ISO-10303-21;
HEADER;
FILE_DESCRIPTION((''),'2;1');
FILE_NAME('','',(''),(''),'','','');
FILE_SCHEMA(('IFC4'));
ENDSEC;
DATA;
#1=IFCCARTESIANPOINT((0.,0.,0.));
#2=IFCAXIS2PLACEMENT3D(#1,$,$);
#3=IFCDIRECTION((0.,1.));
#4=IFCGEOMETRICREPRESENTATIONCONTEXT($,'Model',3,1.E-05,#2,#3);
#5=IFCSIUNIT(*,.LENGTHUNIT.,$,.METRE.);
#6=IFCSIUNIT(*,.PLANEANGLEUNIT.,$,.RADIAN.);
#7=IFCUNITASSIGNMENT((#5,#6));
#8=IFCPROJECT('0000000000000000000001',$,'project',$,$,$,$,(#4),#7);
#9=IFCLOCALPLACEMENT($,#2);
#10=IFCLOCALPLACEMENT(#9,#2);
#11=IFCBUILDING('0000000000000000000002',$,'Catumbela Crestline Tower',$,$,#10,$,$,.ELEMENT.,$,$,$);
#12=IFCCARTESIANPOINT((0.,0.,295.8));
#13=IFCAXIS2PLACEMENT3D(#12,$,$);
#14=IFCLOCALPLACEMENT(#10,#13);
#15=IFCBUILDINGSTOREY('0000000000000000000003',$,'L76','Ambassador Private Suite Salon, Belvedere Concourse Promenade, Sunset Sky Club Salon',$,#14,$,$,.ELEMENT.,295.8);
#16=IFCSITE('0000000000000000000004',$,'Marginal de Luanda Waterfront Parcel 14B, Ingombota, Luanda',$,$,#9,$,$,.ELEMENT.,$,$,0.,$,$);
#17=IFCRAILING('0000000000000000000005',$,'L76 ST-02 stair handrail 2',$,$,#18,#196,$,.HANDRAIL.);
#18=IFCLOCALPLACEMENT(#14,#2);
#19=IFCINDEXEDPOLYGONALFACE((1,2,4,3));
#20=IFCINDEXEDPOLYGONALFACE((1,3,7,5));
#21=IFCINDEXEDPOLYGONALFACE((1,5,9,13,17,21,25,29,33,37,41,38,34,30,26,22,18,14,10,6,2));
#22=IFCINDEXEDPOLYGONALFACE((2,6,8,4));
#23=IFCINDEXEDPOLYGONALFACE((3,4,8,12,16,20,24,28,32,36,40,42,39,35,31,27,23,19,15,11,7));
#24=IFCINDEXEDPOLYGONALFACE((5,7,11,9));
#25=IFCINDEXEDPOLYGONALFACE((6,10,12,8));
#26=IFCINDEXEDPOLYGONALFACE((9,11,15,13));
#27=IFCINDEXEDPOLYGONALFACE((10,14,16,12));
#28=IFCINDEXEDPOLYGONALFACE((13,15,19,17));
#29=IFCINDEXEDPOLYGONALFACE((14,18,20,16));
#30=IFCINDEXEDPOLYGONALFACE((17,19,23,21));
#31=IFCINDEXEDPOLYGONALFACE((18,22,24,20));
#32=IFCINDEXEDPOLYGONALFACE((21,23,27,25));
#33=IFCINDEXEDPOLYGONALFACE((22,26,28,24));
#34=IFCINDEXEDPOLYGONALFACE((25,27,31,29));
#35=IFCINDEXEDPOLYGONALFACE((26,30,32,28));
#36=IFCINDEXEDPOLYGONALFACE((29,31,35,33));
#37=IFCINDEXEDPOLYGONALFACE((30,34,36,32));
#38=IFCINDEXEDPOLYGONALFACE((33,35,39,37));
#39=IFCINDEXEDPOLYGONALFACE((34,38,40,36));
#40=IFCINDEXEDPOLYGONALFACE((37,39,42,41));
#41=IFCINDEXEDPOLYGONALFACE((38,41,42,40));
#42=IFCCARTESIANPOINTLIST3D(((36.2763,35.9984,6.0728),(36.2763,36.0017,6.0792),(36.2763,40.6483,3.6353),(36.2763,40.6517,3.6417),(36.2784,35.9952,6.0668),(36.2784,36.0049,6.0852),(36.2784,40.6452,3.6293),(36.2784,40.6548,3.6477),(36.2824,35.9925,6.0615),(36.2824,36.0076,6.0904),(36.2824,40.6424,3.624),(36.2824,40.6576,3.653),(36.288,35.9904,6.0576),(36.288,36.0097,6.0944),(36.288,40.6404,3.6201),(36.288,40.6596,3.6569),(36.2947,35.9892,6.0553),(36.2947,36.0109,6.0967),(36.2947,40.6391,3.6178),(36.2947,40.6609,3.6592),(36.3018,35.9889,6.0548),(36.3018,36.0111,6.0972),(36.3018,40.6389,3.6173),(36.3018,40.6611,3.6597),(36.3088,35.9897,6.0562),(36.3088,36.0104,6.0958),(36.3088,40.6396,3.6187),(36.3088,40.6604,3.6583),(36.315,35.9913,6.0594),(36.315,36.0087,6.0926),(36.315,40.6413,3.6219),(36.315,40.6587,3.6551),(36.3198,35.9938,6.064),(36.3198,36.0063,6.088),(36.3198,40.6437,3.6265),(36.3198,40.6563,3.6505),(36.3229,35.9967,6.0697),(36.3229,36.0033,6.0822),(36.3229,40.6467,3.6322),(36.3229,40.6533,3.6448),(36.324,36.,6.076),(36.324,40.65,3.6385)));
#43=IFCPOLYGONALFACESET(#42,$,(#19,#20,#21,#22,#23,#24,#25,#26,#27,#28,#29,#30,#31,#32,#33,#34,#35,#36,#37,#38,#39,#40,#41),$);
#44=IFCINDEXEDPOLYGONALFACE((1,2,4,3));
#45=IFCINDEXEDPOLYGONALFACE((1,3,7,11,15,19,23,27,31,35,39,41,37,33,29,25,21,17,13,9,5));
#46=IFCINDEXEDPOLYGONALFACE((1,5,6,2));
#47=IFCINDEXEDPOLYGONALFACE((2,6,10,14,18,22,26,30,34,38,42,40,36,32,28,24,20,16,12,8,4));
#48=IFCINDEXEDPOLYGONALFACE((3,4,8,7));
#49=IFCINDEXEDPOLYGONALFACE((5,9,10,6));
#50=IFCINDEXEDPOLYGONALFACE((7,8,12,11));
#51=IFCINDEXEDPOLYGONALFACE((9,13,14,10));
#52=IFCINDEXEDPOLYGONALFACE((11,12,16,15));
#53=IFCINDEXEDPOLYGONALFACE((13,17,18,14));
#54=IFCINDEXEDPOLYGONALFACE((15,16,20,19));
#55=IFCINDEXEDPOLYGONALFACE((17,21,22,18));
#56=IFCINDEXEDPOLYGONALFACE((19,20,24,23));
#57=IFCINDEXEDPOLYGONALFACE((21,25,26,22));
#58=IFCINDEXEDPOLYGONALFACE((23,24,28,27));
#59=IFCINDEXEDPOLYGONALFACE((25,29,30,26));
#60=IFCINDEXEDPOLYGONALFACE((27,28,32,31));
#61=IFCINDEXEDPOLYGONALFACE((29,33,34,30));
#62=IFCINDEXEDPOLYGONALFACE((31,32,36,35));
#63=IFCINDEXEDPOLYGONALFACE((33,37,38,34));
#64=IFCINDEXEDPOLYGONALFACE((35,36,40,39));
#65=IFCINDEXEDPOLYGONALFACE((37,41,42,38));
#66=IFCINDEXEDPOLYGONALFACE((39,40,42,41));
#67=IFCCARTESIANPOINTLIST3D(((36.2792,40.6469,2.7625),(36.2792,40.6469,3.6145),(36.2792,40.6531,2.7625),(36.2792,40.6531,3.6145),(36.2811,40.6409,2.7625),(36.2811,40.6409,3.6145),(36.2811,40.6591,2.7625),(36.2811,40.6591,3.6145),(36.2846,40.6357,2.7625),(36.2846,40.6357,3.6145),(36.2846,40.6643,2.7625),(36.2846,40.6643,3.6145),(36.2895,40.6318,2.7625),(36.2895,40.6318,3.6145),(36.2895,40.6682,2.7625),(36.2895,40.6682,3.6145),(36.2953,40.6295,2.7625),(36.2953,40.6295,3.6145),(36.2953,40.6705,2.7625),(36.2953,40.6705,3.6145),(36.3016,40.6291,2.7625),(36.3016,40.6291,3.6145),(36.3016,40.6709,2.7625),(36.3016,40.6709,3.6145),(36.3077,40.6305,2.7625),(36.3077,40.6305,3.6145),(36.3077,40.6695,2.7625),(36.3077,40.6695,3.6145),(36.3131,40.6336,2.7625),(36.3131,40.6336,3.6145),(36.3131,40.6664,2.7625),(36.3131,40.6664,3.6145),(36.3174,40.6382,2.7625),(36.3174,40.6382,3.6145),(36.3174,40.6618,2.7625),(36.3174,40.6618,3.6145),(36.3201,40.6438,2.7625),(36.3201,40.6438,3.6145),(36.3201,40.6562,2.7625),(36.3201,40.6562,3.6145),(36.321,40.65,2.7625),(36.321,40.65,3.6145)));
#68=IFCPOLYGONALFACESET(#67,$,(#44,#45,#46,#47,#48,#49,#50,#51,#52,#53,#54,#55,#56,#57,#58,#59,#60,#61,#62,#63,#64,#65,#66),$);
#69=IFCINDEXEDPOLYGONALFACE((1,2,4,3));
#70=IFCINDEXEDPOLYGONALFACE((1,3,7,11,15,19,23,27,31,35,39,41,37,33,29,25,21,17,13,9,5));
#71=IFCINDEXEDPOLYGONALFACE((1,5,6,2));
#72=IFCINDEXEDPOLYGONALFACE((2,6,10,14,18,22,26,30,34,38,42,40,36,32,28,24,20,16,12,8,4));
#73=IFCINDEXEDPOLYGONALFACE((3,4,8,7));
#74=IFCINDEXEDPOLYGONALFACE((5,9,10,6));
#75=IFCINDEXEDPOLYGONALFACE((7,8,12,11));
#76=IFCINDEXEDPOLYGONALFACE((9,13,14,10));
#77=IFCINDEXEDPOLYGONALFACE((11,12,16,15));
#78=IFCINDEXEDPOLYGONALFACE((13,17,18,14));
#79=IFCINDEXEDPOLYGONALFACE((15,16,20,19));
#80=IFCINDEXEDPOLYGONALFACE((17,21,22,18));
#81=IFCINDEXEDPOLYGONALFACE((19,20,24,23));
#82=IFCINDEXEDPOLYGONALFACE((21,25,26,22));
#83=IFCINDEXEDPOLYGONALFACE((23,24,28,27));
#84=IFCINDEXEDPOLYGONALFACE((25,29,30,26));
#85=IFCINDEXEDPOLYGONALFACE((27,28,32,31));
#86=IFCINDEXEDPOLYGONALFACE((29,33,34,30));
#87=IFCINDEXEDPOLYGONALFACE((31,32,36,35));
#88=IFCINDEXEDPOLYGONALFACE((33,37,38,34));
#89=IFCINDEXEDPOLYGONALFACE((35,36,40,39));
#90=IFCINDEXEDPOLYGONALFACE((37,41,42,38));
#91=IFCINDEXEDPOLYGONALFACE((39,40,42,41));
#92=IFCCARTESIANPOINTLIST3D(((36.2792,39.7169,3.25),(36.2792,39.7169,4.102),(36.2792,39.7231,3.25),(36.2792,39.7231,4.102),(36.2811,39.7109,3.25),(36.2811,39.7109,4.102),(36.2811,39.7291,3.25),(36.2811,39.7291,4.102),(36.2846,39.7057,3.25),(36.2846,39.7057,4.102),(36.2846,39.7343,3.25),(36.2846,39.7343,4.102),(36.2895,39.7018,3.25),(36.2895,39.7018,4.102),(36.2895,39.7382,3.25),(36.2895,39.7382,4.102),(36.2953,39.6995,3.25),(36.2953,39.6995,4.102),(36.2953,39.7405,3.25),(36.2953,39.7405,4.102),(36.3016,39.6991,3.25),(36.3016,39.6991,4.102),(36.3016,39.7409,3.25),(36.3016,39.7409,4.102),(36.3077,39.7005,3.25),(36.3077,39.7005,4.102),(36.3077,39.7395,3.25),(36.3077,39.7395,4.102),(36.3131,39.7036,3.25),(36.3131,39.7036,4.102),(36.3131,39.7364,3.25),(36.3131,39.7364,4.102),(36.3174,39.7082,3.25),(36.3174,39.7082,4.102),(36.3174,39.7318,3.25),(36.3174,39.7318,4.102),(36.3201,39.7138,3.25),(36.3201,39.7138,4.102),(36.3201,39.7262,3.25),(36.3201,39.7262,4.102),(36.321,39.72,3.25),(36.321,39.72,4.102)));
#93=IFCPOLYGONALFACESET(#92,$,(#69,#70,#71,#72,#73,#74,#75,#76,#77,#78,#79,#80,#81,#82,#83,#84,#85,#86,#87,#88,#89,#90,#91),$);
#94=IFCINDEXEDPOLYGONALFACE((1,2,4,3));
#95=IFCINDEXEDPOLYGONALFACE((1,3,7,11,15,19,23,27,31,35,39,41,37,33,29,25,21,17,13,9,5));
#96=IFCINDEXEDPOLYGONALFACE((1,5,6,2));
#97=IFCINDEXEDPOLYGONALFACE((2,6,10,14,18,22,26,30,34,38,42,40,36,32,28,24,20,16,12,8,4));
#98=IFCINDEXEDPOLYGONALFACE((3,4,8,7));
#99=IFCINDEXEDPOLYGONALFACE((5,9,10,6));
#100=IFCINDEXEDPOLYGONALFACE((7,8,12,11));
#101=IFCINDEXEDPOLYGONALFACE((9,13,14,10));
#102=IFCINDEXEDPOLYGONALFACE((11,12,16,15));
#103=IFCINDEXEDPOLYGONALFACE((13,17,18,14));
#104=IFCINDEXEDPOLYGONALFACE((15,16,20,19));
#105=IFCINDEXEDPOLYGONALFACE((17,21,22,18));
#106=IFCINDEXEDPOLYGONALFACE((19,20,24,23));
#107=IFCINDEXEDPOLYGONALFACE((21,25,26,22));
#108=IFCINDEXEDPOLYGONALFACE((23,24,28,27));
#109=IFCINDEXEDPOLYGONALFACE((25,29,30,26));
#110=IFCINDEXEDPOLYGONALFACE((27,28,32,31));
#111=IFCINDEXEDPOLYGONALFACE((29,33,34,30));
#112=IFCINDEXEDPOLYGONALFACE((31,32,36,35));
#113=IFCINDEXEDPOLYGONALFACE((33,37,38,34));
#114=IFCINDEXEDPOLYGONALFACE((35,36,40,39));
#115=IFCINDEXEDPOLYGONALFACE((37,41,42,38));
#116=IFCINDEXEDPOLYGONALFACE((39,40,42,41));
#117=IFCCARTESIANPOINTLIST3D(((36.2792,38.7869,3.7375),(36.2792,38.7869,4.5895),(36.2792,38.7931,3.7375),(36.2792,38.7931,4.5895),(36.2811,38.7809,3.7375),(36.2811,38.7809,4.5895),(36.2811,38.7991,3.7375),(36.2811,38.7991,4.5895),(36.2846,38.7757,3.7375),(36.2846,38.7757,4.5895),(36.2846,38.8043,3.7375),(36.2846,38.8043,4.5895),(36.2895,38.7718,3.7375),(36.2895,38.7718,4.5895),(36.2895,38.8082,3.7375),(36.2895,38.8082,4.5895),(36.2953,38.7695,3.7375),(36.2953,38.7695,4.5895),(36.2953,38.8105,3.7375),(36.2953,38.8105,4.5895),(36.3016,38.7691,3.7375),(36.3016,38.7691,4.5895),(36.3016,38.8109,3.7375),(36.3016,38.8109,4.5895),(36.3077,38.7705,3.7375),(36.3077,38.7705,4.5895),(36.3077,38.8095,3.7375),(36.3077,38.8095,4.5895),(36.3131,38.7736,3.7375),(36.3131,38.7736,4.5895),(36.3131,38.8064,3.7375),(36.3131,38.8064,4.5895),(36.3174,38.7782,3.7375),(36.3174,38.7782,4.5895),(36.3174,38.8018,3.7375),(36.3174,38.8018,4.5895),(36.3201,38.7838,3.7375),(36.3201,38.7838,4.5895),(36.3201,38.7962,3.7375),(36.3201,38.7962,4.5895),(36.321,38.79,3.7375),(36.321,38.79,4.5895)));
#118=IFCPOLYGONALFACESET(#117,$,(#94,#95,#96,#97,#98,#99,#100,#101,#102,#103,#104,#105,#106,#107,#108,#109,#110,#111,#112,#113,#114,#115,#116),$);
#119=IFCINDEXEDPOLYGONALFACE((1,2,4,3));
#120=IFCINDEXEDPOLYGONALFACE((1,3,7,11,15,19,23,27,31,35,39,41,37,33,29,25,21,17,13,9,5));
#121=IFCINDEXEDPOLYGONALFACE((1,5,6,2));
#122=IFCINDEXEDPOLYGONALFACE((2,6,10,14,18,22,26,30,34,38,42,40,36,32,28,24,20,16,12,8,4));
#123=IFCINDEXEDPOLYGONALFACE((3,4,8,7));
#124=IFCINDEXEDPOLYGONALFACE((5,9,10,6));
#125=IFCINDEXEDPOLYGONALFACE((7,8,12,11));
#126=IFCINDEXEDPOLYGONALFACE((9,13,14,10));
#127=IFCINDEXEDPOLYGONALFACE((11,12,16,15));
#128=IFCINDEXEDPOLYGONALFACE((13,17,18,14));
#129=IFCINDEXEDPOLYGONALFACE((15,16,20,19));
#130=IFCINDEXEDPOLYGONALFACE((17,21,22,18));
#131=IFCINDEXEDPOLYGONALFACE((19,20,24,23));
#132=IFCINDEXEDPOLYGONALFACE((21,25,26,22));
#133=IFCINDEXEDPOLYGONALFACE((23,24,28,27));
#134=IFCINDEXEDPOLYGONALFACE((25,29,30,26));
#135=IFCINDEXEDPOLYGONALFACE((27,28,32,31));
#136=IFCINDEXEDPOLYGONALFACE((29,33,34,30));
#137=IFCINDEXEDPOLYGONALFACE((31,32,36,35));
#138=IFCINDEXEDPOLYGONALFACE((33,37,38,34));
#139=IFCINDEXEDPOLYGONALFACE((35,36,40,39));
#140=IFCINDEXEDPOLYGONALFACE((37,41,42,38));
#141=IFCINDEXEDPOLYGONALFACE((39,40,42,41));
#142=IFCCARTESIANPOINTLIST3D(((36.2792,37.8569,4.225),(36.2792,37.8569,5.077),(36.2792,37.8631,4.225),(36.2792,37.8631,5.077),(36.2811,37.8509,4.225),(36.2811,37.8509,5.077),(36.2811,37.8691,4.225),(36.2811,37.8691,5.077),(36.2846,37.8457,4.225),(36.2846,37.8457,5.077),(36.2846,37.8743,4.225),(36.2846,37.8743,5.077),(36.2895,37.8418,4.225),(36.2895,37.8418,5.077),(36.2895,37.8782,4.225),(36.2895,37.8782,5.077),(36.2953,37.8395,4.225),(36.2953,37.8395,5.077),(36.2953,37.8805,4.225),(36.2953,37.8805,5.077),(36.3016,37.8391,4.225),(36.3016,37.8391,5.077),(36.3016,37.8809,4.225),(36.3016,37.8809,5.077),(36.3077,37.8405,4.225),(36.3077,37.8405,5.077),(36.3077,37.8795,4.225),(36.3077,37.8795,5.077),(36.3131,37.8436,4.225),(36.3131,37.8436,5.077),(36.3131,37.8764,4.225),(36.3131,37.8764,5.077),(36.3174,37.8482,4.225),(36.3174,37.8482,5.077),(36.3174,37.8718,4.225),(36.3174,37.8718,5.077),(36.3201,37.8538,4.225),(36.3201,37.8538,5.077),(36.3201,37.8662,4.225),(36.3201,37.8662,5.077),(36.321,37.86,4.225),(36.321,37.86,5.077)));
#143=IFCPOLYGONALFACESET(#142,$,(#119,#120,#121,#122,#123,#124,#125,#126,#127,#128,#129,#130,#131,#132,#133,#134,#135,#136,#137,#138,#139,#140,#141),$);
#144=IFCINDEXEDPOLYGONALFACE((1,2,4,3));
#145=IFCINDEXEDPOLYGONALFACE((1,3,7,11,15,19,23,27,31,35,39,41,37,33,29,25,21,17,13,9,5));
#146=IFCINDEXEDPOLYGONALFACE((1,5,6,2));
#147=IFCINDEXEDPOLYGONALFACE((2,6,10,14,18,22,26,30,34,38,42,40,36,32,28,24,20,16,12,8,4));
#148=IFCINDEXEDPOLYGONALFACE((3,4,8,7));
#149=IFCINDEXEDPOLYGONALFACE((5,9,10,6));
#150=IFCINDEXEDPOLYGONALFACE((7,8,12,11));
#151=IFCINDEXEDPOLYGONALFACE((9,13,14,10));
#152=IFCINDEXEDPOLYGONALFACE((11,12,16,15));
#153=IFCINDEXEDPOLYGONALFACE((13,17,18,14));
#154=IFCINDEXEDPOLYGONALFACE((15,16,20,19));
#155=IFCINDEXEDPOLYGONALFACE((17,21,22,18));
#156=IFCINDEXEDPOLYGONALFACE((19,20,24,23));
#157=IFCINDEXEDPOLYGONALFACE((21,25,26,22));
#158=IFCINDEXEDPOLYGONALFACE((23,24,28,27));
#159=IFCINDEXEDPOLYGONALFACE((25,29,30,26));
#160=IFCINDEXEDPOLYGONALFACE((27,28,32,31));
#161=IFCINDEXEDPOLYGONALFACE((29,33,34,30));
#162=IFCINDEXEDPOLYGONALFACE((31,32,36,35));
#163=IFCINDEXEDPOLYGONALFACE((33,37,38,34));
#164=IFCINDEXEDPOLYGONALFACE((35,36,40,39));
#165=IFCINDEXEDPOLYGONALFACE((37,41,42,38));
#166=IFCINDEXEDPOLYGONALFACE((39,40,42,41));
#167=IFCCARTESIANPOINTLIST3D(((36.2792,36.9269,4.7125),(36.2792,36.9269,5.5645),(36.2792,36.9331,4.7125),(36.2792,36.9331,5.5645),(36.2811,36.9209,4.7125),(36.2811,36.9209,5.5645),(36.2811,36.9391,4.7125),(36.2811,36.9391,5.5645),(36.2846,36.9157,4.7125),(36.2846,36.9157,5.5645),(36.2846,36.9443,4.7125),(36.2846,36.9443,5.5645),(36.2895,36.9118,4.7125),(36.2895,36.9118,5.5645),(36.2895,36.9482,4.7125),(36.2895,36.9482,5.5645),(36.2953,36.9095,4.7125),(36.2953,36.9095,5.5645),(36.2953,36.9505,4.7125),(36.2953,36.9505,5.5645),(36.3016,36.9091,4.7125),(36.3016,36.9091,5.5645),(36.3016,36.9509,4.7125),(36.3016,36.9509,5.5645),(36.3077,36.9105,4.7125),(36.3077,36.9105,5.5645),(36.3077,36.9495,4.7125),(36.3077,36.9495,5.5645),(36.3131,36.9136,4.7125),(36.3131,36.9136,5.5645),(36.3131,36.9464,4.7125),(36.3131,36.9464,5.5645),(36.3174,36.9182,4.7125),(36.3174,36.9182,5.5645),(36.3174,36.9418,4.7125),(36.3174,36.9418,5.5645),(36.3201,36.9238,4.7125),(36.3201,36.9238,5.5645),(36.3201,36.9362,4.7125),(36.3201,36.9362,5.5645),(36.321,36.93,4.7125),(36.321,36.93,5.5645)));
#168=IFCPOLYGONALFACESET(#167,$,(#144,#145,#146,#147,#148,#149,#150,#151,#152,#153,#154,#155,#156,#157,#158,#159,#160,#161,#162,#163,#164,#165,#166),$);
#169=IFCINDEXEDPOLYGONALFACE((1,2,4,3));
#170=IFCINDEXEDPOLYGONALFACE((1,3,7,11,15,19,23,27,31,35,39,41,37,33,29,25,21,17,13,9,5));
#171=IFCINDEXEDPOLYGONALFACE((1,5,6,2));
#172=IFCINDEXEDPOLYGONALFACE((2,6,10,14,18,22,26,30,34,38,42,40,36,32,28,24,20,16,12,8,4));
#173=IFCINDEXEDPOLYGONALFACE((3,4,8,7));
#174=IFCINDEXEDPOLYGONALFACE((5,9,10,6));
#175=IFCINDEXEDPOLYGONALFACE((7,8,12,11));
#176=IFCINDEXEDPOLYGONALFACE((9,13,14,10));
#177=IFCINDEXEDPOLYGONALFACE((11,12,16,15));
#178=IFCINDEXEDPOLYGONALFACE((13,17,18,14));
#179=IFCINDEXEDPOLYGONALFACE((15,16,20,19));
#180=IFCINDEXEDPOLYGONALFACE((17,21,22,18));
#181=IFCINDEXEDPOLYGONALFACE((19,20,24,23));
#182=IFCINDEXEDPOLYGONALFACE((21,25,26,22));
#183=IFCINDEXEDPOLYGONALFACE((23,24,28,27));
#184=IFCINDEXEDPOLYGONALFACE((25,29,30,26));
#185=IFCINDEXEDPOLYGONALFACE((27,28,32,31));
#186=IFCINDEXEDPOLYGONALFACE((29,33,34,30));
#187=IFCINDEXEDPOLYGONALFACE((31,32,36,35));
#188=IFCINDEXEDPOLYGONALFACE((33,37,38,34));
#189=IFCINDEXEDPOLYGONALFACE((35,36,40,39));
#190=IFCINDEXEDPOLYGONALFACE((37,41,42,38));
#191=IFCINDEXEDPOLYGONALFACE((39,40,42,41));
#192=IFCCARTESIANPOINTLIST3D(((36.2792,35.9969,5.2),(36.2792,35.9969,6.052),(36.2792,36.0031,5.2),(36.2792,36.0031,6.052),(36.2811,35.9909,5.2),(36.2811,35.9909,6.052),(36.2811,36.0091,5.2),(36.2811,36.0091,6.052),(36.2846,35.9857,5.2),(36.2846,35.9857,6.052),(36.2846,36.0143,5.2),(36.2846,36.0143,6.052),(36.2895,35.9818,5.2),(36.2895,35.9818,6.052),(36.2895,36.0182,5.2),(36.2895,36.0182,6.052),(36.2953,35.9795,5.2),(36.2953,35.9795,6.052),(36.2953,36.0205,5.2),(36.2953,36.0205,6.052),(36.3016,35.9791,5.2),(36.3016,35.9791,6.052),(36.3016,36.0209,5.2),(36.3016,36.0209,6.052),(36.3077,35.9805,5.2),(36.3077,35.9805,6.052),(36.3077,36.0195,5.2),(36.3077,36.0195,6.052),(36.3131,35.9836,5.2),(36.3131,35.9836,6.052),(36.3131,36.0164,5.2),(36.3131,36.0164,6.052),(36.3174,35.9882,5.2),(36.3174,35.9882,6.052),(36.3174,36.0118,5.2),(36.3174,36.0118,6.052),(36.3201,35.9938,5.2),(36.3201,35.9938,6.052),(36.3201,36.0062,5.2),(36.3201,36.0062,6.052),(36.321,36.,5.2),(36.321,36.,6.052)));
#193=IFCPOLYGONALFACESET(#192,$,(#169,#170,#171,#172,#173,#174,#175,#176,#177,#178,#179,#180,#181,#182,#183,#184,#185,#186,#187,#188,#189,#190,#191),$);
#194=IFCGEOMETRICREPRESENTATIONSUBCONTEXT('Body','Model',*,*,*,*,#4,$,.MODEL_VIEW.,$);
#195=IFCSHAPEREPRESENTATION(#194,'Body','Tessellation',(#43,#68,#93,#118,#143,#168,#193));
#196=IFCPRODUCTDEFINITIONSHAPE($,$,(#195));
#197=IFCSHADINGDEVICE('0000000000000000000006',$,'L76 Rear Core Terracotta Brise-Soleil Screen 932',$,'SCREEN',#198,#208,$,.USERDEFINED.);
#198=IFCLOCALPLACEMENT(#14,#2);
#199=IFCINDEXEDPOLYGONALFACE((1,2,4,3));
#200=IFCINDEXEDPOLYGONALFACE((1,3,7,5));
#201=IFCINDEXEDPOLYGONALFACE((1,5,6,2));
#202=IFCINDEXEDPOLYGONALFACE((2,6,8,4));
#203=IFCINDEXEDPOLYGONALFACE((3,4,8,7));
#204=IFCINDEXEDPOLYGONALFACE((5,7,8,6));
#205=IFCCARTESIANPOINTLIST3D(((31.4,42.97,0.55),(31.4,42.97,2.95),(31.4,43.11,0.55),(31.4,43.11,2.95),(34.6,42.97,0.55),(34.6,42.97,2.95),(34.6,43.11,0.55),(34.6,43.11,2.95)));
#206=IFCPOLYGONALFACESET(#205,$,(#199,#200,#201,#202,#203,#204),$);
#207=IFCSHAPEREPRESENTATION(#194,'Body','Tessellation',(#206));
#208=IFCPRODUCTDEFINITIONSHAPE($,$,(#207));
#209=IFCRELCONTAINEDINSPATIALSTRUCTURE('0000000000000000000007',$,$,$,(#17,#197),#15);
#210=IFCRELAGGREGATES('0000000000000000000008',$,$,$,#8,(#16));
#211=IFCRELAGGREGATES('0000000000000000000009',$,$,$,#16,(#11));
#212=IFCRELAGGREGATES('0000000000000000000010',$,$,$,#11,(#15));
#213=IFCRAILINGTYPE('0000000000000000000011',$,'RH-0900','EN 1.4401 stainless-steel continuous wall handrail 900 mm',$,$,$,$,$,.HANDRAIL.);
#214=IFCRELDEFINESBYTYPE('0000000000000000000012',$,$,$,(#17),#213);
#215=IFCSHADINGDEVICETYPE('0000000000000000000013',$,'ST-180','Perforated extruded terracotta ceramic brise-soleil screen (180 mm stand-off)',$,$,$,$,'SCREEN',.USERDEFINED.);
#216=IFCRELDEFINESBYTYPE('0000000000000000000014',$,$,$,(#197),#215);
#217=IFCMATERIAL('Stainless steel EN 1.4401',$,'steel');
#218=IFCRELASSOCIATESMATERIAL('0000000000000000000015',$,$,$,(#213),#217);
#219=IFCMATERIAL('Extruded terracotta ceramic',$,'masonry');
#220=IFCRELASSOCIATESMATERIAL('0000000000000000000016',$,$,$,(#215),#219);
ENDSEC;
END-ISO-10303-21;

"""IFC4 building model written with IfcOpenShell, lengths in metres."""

from ifc_helpers import new_model, si_unit, direction, frame, origin, origin_2d, place, context, subcontext, project, spatial, rectangle, circle, extrude, material, type_object, element, save


model = new_model("IFC4")

# Units and contexts
model_context = context("Model", 3, precision=1e-05, world=origin(), true_north=direction((0.0, 1.0)))
body_context = subcontext(model_context, "Body", "Model", "MODEL_VIEW")
ifc_project = project(units=[si_unit("LENGTHUNIT", "METRE"), si_unit("PLANEANGLEUNIT", "RADIAN")], contexts=[model_context])

# Site, building, storey
site_placement = place(None, origin())
site = spatial("IfcSite", under=ifc_project, at=site_placement, Name="Marginal de Luanda Waterfront Parcel 14B, Ingombota, Luanda", CompositionType="ELEMENT", RefElevation=0.0)
building_placement = place(site_placement, origin())
building = spatial("IfcBuilding", under=site, at=building_placement, Name="Catumbela Crestline Tower", CompositionType="ELEMENT")
storey_placement = place(building_placement, frame((0.0, 0.0, 295.8)))
storey = spatial("IfcBuildingStorey", under=building, at=storey_placement, Name="L76", Description="Ambassador Private Suite Salon, Belvedere Concourse Promenade, Sunset Sky Club Salon", CompositionType="ELEMENT", Elevation=295.8)

# Shared definitions
ifc_material_1 = material(Name="Stainless steel EN 1.4401", Category="steel")

# Railing
railing_type = type_object("IfcRailingType", Name="RH-0900", Description="EN 1.4401 stainless-steel continuous wall handrail 900 mm", PredefinedType="HANDRAIL", material=ifc_material_1)
railing_placement = place(storey_placement, frame((36.3, 40.65, 2.7625)))
element("IfcRailing", 1, at=railing_placement, inside=storey, type_object=railing_type, Name="L76 ST-02 stair handrail 2", PredefinedType="HANDRAIL", context=body_context, shape_type="SweptSolid", body=[
    extrude(circle(Radius=0.024, at=origin_2d()), frame((0.0, 0.0, 0.876), z_axis=(0.0, -0.885692, 0.464274), x_axis=(1.0, 0.0, 0.0)), (0.0, 0.0, 1.0), 5.2501),
    extrude(circle(Radius=0.021, at=origin_2d()), origin(), (0.0, 0.0, 1.0), 0.852),
    extrude(circle(Radius=0.021, at=origin_2d()), frame((0.0, -0.93, 0.4875)), (0.0, 0.0, 1.0), 0.852),
    extrude(circle(Radius=0.021, at=origin_2d()), frame((0.0, -1.86, 0.975)), (0.0, 0.0, 1.0), 0.852),
    extrude(circle(Radius=0.021, at=origin_2d()), frame((0.0, -2.79, 1.4625)), (0.0, 0.0, 1.0), 0.852),
    extrude(circle(Radius=0.021, at=origin_2d()), frame((0.0, -3.72, 1.95)), (0.0, 0.0, 1.0), 0.852),
    extrude(circle(Radius=0.021, at=origin_2d()), frame((0.0, -4.65, 2.4375)), (0.0, 0.0, 1.0), 0.852),
])

# Shading device
ifc_material_2 = material(Name="Extruded terracotta ceramic", Category="masonry")
shading_device_type_1 = type_object("IfcShadingDeviceType", Name="ST-180", Description="Perforated extruded terracotta ceramic brise-soleil screen (180 mm stand-off)", ElementType="SCREEN", PredefinedType="USERDEFINED", material=ifc_material_2)
shading_device_1_placement = place(storey_placement, frame((33.0, 43.04, 0.55), z_axis=(0.0, 0.0, 1.0), x_axis=(1.0, 0.0, 0.0)))
element("IfcShadingDevice", 2, at=shading_device_1_placement, inside=storey, type_object=shading_device_type_1, Name="L76 Rear Core Terracotta Brise-Soleil Screen 932", ObjectType="SCREEN", PredefinedType="USERDEFINED", context=body_context, shape_type="SweptSolid", body=[
    extrude(rectangle(XDim=3.2, YDim=0.14, at=origin_2d()), origin(), (0.0, 0.0, 1.0), 2.4),
])

save(model, "model.ifc")
